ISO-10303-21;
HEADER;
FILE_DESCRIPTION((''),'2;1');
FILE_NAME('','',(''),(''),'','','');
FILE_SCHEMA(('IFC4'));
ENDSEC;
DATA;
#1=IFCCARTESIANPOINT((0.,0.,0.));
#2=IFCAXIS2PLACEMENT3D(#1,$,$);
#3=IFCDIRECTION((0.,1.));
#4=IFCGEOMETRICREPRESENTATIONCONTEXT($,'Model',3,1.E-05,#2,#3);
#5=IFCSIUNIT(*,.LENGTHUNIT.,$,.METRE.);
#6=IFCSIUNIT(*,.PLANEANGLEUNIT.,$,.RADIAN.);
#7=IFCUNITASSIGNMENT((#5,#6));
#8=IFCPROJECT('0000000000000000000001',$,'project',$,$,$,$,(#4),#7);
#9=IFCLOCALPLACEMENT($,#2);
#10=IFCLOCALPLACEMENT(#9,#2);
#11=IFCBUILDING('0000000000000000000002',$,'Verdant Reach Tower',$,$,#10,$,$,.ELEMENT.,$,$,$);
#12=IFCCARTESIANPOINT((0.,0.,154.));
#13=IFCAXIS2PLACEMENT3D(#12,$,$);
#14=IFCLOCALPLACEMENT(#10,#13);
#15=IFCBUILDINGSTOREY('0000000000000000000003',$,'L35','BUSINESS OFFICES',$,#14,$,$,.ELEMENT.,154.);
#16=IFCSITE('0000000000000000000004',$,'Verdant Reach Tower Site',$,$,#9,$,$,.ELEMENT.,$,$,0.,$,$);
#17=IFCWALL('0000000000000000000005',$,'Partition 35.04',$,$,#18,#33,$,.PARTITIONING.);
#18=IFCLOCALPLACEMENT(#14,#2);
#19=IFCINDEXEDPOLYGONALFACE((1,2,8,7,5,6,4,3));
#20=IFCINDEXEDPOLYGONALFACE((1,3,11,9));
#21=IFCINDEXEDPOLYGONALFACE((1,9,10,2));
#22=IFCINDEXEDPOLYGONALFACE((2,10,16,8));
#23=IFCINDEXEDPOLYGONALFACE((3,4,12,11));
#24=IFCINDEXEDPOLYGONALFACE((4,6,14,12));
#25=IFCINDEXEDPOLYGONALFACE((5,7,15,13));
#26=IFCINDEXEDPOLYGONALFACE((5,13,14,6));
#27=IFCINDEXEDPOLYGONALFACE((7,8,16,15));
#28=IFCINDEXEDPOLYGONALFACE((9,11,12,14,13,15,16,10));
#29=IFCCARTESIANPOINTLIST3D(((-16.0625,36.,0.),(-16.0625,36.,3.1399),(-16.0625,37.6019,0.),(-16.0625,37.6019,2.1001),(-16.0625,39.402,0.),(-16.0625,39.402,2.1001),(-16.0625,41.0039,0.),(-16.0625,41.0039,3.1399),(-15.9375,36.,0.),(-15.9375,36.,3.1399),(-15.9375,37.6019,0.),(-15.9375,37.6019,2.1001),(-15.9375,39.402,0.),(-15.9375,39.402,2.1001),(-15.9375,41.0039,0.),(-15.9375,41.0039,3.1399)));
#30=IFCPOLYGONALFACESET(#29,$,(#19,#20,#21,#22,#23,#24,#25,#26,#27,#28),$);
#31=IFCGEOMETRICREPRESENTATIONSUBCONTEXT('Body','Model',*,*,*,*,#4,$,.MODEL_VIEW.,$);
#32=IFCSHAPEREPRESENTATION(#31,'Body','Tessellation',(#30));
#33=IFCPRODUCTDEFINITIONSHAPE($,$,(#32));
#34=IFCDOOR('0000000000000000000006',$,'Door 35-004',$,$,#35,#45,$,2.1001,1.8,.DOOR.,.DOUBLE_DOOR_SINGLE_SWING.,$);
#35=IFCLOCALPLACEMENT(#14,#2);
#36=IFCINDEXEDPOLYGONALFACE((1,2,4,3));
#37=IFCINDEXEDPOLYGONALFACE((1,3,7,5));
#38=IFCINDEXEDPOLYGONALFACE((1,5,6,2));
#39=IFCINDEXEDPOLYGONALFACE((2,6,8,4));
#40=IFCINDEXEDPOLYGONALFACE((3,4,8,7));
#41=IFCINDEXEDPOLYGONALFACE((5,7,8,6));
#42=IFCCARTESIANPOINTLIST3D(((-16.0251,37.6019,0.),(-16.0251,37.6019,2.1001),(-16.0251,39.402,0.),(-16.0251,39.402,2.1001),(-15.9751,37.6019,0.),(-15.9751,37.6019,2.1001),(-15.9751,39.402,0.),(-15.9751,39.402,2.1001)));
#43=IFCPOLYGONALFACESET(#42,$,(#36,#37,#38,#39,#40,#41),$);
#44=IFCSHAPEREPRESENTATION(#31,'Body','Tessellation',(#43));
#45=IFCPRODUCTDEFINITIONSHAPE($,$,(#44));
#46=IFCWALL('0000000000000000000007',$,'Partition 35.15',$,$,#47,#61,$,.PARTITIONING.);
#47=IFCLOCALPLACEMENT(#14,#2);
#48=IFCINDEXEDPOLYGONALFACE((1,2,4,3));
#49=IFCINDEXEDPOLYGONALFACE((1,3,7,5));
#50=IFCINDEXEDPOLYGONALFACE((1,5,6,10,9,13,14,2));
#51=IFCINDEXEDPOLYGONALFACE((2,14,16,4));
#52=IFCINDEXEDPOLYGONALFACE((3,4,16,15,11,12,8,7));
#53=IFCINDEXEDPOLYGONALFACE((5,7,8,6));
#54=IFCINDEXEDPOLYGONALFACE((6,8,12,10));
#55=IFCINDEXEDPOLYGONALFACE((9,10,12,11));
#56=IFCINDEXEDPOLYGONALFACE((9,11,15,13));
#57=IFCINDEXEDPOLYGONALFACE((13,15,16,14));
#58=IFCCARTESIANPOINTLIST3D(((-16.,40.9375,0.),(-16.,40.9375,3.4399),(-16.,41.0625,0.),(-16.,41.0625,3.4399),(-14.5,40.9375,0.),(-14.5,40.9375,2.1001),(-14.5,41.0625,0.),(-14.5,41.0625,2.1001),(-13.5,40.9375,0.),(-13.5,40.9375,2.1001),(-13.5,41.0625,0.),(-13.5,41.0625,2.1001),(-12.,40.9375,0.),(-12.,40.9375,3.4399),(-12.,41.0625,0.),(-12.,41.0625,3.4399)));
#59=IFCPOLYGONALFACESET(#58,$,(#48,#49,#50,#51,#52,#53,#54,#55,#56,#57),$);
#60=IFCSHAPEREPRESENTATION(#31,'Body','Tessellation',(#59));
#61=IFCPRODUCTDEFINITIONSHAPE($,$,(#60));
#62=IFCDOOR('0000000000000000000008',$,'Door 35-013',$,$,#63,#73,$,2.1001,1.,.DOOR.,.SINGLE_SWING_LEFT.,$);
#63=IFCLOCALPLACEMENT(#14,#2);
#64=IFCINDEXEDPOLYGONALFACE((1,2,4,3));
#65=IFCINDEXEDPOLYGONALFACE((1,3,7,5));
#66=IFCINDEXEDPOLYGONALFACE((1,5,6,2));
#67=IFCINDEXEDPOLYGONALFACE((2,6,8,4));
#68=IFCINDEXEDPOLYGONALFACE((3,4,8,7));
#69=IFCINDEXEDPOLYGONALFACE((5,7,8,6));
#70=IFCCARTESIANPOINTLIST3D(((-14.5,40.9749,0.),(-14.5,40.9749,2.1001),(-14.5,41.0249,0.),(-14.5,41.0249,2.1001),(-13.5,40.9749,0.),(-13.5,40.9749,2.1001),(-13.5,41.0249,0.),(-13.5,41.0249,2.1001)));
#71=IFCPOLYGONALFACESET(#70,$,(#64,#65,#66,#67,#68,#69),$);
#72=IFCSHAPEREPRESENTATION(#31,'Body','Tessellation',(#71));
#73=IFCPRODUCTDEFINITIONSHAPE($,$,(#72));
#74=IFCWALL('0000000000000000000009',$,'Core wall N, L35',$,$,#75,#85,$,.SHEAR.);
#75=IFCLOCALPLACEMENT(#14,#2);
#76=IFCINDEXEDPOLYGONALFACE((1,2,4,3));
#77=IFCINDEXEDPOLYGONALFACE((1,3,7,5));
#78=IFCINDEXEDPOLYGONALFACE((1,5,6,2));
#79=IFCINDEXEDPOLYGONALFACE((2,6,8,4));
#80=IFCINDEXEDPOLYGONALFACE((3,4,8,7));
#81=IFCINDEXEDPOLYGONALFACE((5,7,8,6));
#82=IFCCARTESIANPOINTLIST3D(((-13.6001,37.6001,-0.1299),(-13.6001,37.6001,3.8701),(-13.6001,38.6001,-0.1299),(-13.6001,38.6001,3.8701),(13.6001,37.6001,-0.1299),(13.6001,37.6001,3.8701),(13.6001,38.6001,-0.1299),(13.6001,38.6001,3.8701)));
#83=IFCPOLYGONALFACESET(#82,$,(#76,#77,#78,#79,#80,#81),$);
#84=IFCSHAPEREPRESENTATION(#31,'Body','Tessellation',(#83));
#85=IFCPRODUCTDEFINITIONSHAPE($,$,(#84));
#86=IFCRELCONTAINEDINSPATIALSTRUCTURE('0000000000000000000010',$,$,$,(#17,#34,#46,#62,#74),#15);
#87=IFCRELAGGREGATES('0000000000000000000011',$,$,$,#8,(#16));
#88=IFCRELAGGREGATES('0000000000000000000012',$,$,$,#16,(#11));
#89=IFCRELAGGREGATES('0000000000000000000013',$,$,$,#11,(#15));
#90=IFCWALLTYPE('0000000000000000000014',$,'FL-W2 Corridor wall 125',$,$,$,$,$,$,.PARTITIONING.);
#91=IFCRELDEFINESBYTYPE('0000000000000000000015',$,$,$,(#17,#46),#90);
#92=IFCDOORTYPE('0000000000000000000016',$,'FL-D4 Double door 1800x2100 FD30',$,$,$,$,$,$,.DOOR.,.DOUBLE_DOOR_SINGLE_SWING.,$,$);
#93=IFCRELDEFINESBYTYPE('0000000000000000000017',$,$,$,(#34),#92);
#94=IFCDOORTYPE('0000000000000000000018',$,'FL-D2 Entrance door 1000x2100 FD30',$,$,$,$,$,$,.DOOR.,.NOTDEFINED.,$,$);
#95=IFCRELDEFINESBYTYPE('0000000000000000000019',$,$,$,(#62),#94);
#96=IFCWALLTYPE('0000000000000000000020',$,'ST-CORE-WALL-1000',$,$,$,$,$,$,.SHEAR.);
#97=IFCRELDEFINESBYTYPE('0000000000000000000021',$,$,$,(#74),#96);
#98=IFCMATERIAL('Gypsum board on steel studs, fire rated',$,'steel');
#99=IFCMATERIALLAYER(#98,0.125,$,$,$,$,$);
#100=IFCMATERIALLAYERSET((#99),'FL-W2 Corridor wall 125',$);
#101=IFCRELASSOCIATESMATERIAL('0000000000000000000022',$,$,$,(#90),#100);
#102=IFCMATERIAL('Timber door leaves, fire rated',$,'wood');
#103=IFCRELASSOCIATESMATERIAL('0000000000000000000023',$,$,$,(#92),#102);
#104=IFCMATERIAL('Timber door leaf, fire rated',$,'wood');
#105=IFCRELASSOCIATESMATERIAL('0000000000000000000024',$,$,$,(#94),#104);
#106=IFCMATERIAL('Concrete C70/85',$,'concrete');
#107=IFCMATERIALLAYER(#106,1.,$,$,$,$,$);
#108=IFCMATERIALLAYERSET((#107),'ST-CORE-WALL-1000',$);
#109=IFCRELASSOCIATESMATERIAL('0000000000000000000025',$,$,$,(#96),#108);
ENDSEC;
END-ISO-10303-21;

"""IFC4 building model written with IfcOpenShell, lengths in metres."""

from ifc_helpers import new_model, si_unit, direction, frame, frame_2d, origin, place, context, subcontext, project, spatial, rectangle, extrude, material, layer, layer_set, type_object, element, fill, save


model = new_model("IFC4")

# Units and contexts
model_context = context("Model", 3, precision=1e-05, world=origin(), true_north=direction((0.0, 1.0)))
body_context = subcontext(model_context, "Body", "Model", "MODEL_VIEW")
ifc_project = project(units=[si_unit("LENGTHUNIT", "METRE"), si_unit("PLANEANGLEUNIT", "RADIAN")], contexts=[model_context])

# Site, building, storey
site_placement = place(None, origin())
site = spatial("IfcSite", under=ifc_project, at=site_placement, Name="Verdant Reach Tower Site", CompositionType="ELEMENT", RefElevation=0.0)
building_placement = place(site_placement, origin())
building = spatial("IfcBuilding", under=site, at=building_placement, Name="Verdant Reach Tower", CompositionType="ELEMENT")
storey_placement = place(building_placement, frame((0.0, 0.0, 154.0)))
storey = spatial("IfcBuildingStorey", under=building, at=storey_placement, Name="L35", Description="BUSINESS OFFICES", CompositionType="ELEMENT", Elevation=154.0)

# Walls, openings, doors
ifc_material_1 = material(Name="Gypsum board on steel studs, fire rated", Category="steel")
ifc_layer_1 = layer(ifc_material_1, 0.125)
ifc_layer_set_1 = layer_set([ifc_layer_1], Name="FL-W2 Corridor wall 125")
wall_type_1 = type_object("IfcWallType", Name="FL-W2 Corridor wall 125", PredefinedType="PARTITIONING", material=ifc_layer_set_1)
wall_1_placement = place(storey_placement, frame((-16.0, 41.0039, 0.0), z_axis=(0.0, 0.0, 1.0), x_axis=(0.0, -1.0, 0.0)))
wall_1 = element("IfcWall", 1, at=wall_1_placement, inside=storey, type_object=wall_type_1, Name="Partition 35.04", PredefinedType="PARTITIONING", context=body_context, shape_type="SweptSolid", body=[
    extrude(rectangle(XDim=5.0039, YDim=0.125, at=frame_2d((2.502, 0.0))), origin(), (0.0, 0.0, 1.0), 3.1399),
])
opening_1_placement = place(wall_1_placement, frame((1.6021, 0.0, 0.0)))
opening_1 = element("IfcOpeningElement", 2, at=opening_1_placement, cuts=wall_1, PredefinedType="OPENING", context=body_context, shape_type="SweptSolid", body=[
    extrude(rectangle(XDim=1.8, YDim=2.1001, at=frame_2d((0.8999, 1.05))), frame((0.0, 0.0725, 0.0), z_axis=(0.0, -1.0, 0.0), x_axis=(1.0, 0.0, 0.0)), (0.0, 0.0, 1.0), 0.145),
])
ifc_material_2 = material(Name="Timber door leaves, fire rated", Category="wood")
door_type_1 = type_object("IfcDoorType", Name="FL-D4 Double door 1800x2100 FD30", OperationType="DOUBLE_DOOR_SINGLE_SWING", PredefinedType="DOOR", material=ifc_material_2)
door_1_placement = place(opening_1_placement, origin())
door_1 = element("IfcDoor", 3, at=door_1_placement, inside=storey, type_object=door_type_1, Name="Door 35-004", OperationType="DOUBLE_DOOR_SINGLE_SWING", OverallHeight=2.1001, OverallWidth=1.8, PredefinedType="DOOR", context=body_context, shape_type="SweptSolid", body=[
    extrude(rectangle(XDim=1.8, YDim=2.1001, at=frame_2d((0.8999, 1.05))), frame((0.0, 0.0249, 0.0), z_axis=(0.0, -1.0, 0.0), x_axis=(1.0, 0.0, 0.0)), (0.0, 0.0, 1.0), 0.05),
])
fill(opening_1, door_1)
wall_2_placement = place(storey_placement, frame((-16.0, 41.0, 0.0), z_axis=(0.0, 0.0, 1.0), x_axis=(1.0, 0.0, 0.0)))
wall_2 = element("IfcWall", 4, at=wall_2_placement, inside=storey, type_object=wall_type_1, Name="Partition 35.15", PredefinedType="PARTITIONING", context=body_context, shape_type="SweptSolid", body=[
    extrude(rectangle(XDim=4.0, YDim=0.125, at=frame_2d((2.0, 0.0))), origin(), (0.0, 0.0, 1.0), 3.4399),
])
opening_2_placement = place(wall_2_placement, frame((1.5, 0.0, 0.0)))
opening_2 = element("IfcOpeningElement", 5, at=opening_2_placement, cuts=wall_2, PredefinedType="OPENING", context=body_context, shape_type="SweptSolid", body=[
    extrude(rectangle(XDim=1.0, YDim=2.1001, at=frame_2d((0.5, 1.05))), frame((0.0, 0.0725, 0.0), z_axis=(0.0, -1.0, 0.0), x_axis=(1.0, 0.0, 0.0)), (0.0, 0.0, 1.0), 0.145),
])
ifc_material_3 = material(Name="Timber door leaf, fire rated", Category="wood")
door_type_2 = type_object("IfcDoorType", Name="FL-D2 Entrance door 1000x2100 FD30", OperationType="NOTDEFINED", PredefinedType="DOOR", material=ifc_material_3)
door_2_placement = place(opening_2_placement, origin())
door_2 = element("IfcDoor", 6, at=door_2_placement, inside=storey, type_object=door_type_2, Name="Door 35-013", OperationType="SINGLE_SWING_LEFT", OverallHeight=2.1001, OverallWidth=1.0, PredefinedType="DOOR", context=body_context, shape_type="SweptSolid", body=[
    extrude(rectangle(XDim=1.0, YDim=2.1001, at=frame_2d((0.5, 1.05))), frame((0.0, 0.0249, 0.0), z_axis=(0.0, -1.0, 0.0), x_axis=(1.0, 0.0, 0.0)), (0.0, 0.0, 1.0), 0.05),
])
fill(opening_2, door_2)

# Wall
ifc_material_4 = material(Name="Concrete C70/85", Category="concrete")
ifc_layer_2 = layer(ifc_material_4, 1.0)
ifc_layer_set_2 = layer_set([ifc_layer_2], Name="ST-CORE-WALL-1000")
wall_type_2 = type_object("IfcWallType", Name="ST-CORE-WALL-1000", PredefinedType="SHEAR", material=ifc_layer_set_2)
wall_3_placement = place(storey_placement, frame((-13.6001, 38.1001, -0.1299), z_axis=(0.0, 0.0, 1.0), x_axis=(1.0, 0.0, 0.0)))
element("IfcWall", 7, at=wall_3_placement, inside=storey, type_object=wall_type_2, Name="Core wall N, L35", PredefinedType="SHEAR", context=body_context, shape_type="SweptSolid", body=[
    extrude(rectangle(XDim=27.2002, YDim=1.0, at=frame_2d((13.6001, 0.0))), origin(), (0.0, 0.0, 1.0), 4.0),
])

save(model, "model.ifc")
